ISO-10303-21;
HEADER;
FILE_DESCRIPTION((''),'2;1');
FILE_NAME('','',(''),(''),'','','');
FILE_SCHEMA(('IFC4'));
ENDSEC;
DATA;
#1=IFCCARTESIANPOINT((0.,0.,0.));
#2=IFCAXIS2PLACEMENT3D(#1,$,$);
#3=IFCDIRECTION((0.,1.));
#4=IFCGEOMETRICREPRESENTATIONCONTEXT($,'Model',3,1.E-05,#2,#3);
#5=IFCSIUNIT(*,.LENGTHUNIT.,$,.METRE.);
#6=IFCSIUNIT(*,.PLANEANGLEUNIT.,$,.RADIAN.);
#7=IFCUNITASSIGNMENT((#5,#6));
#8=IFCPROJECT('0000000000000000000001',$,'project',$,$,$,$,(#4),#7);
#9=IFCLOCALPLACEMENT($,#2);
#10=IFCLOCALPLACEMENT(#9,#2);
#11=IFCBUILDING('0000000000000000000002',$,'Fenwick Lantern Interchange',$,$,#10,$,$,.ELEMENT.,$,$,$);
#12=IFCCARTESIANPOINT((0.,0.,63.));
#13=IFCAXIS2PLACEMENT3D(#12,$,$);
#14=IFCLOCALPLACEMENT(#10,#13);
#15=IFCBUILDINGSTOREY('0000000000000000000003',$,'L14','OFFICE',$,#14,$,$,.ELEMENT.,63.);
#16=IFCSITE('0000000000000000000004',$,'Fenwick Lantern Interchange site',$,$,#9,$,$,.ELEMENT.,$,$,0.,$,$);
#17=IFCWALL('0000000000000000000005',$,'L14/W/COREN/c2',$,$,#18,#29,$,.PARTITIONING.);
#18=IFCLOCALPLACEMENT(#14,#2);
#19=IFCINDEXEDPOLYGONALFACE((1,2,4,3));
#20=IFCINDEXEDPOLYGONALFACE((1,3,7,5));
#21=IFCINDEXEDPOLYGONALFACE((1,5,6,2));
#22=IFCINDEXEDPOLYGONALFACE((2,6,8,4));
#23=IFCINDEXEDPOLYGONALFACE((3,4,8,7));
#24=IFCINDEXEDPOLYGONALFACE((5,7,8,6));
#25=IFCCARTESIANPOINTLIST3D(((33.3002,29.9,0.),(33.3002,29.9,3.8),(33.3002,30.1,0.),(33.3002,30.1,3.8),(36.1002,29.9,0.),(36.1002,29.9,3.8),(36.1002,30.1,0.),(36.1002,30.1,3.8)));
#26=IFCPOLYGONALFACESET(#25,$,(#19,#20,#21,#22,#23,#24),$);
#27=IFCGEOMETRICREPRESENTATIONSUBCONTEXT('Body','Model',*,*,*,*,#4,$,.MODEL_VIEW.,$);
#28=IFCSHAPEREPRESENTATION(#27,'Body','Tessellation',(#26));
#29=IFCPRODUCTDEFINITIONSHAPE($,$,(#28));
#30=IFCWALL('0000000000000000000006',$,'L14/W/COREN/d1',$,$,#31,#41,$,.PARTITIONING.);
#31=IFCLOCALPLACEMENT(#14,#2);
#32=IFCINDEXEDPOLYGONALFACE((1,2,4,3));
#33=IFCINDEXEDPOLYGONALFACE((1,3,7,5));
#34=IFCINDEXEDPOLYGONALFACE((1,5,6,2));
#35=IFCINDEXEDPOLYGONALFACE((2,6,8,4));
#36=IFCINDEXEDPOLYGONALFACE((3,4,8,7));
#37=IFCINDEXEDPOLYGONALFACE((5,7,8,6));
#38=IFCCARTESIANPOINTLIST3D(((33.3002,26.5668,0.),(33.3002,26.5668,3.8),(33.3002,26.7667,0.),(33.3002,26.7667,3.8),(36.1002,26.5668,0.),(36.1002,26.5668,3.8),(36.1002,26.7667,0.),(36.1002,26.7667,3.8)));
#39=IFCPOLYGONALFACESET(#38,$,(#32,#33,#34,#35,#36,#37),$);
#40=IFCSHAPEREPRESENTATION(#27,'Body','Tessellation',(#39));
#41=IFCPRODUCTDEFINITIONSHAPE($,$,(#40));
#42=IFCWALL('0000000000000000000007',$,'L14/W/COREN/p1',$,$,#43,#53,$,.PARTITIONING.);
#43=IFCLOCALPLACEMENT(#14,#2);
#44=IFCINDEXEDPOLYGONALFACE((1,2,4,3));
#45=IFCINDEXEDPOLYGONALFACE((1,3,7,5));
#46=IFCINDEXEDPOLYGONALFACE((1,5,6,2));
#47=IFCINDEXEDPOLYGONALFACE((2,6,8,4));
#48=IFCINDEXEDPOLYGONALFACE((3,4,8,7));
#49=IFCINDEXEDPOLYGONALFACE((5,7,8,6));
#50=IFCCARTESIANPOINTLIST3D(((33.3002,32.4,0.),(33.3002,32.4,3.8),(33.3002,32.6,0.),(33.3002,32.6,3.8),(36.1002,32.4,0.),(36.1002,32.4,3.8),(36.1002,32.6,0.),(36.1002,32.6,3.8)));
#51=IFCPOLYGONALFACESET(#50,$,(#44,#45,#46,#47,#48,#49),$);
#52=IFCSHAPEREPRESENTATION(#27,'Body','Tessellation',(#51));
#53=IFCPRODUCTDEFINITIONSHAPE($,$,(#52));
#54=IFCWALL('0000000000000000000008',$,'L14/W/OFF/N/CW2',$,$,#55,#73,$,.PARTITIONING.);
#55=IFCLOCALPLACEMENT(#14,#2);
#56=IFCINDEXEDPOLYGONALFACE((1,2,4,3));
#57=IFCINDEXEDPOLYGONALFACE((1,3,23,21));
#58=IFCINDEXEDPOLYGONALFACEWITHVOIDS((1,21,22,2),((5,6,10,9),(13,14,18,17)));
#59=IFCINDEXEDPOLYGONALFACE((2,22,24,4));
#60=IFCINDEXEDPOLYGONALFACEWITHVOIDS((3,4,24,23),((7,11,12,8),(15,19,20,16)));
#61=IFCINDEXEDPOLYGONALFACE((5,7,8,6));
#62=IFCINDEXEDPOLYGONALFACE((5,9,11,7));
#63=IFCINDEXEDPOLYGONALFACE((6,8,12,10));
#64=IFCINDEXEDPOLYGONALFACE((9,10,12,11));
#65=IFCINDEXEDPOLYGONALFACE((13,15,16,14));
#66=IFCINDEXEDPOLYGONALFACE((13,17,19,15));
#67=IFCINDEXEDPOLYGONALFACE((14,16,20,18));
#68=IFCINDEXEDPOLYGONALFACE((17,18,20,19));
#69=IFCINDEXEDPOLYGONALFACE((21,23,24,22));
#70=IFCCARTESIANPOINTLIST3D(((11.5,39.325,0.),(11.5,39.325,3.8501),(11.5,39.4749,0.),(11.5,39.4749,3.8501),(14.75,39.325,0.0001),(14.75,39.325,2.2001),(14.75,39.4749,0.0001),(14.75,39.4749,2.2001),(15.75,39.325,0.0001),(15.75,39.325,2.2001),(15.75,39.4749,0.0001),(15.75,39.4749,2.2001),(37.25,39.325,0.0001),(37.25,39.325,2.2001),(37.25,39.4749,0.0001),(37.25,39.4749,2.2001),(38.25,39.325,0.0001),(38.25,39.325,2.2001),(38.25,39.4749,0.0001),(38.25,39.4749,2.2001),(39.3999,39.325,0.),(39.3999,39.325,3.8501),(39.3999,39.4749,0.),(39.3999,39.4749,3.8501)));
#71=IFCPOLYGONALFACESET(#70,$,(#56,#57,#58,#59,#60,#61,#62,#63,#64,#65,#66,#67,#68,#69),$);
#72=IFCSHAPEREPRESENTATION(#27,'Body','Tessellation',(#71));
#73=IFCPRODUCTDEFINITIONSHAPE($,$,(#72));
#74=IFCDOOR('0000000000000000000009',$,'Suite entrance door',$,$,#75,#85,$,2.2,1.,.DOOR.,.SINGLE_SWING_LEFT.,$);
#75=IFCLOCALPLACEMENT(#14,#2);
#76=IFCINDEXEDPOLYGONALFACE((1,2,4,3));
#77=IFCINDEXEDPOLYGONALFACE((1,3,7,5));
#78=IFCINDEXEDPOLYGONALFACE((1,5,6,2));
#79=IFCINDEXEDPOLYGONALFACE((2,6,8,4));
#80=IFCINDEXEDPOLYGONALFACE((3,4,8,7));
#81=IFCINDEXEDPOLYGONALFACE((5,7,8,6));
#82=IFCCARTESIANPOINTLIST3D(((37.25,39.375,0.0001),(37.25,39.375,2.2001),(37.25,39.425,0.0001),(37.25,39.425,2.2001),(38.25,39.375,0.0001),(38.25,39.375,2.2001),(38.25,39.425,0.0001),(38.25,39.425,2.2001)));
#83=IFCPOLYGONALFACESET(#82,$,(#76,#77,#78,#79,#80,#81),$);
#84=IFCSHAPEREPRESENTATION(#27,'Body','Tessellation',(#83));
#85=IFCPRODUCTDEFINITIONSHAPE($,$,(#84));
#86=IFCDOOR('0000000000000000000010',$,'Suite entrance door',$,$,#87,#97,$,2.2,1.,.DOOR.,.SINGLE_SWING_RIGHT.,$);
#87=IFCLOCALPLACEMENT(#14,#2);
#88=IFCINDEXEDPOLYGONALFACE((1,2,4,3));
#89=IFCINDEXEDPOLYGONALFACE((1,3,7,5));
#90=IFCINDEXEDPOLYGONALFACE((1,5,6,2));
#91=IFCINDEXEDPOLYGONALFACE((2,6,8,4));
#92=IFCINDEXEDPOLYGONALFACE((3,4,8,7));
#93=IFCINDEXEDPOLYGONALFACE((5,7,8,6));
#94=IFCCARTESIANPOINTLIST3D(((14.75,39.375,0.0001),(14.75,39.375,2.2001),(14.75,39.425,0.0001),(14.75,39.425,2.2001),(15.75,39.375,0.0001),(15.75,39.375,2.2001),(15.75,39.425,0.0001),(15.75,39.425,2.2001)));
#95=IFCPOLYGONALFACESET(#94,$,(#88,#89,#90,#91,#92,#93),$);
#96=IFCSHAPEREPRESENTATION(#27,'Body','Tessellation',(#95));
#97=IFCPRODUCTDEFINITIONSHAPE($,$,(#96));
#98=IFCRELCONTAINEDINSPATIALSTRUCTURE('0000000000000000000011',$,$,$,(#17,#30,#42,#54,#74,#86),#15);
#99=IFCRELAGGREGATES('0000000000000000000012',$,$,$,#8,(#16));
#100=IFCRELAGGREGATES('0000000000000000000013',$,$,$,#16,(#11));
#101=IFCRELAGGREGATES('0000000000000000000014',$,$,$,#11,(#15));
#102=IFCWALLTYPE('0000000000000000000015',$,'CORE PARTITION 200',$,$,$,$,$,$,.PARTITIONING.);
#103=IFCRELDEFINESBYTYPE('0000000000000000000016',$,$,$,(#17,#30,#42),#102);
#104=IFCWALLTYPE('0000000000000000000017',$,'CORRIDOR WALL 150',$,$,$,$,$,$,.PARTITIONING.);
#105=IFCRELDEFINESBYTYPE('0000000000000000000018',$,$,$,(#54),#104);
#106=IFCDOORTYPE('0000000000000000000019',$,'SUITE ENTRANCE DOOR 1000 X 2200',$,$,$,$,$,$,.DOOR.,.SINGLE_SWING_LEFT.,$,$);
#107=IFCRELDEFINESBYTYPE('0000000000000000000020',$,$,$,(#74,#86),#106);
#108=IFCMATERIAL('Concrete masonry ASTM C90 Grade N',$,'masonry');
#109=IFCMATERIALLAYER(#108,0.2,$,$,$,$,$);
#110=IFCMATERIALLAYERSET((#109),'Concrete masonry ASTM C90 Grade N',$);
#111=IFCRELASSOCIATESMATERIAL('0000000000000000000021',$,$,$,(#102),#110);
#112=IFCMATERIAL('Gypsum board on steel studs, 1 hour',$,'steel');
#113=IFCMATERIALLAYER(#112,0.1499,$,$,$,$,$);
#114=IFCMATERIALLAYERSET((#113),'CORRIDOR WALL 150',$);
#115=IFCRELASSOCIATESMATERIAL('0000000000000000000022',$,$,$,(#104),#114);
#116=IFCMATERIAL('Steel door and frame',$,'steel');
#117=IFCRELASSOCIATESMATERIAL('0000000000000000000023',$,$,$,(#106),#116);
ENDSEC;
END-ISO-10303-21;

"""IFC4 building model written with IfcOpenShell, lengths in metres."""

from ifc_helpers import new_model, si_unit, direction, frame, frame_2d, origin, place, context, subcontext, project, spatial, rectangle, extrude, material, layer, layer_set, type_object, element, fill, save


model = new_model("IFC4")

# Units and contexts
model_context = context("Model", 3, precision=1e-05, world=origin(), true_north=direction((0.0, 1.0)))
body_context = subcontext(model_context, "Body", "Model", "MODEL_VIEW")
ifc_project = project(units=[si_unit("LENGTHUNIT", "METRE"), si_unit("PLANEANGLEUNIT", "RADIAN")], contexts=[model_context])

# Site, building, storey
site_placement = place(None, origin())
site = spatial("IfcSite", under=ifc_project, at=site_placement, Name="Fenwick Lantern Interchange site", CompositionType="ELEMENT", RefElevation=0.0)
building_placement = place(site_placement, origin())
building = spatial("IfcBuilding", under=site, at=building_placement, Name="Fenwick Lantern Interchange", CompositionType="ELEMENT")
storey_placement = place(building_placement, frame((0.0, 0.0, 63.0)))
storey = spatial("IfcBuildingStorey", under=building, at=storey_placement, Name="L14", Description="OFFICE", CompositionType="ELEMENT", Elevation=63.0)

# Walls
ifc_material_1 = material(Name="Concrete masonry ASTM C90 Grade N", Category="masonry")
ifc_layer_1 = layer(ifc_material_1, 0.2)
ifc_layer_set_1 = layer_set([ifc_layer_1], Name="Concrete masonry ASTM C90 Grade N")
wall_type_1 = type_object("IfcWallType", Name="CORE PARTITION 200", PredefinedType="PARTITIONING", material=ifc_layer_set_1)
for number, where, z_axis, x_axis, name in (
    (1, (36.1001, 30.0, 0.0), (0.0, 0.0, 1.0), (-1.0, 0.0, 0.0), "L14/W/COREN/c2"),
    (2, (36.1001, 26.6667, 0.0), (0.0, 0.0, 1.0), (-1.0, 0.0, 0.0), "L14/W/COREN/d1"),
    (3, (36.1001, 32.5, 0.0), (0.0, 0.0, 1.0), (-1.0, 0.0, 0.0), "L14/W/COREN/p1"),
):
    element("IfcWall", number, at=place(storey_placement, frame(where, z_axis=z_axis, x_axis=x_axis)), inside=storey, type_object=wall_type_1, Name=name, PredefinedType="PARTITIONING", context=body_context, shape_type="SweptSolid", body=[
        extrude(rectangle(XDim=2.8, YDim=0.2, at=frame_2d((1.3999, 0.0))), origin(), (0.0, 0.0, 1.0), 3.8),
    ])

# Wall, openings, doors
ifc_material_2 = material(Name="Steel door and frame", Category="steel")
ifc_material_3 = material(Name="Gypsum board on steel studs, 1 hour", Category="steel")
ifc_layer_2 = layer(ifc_material_3, 0.1499)
ifc_layer_set_2 = layer_set([ifc_layer_2], Name="CORRIDOR WALL 150")
wall_type_2 = type_object("IfcWallType", Name="CORRIDOR WALL 150", PredefinedType="PARTITIONING", material=ifc_layer_set_2)
wall_1_placement = place(storey_placement, frame((39.3999, 39.3999, 0.0), z_axis=(0.0, 0.0, 1.0), x_axis=(-1.0, 0.0, 0.0)))
wall_1 = element("IfcWall", 4, at=wall_1_placement, inside=storey, type_object=wall_type_2, Name="L14/W/OFF/N/CW2", PredefinedType="PARTITIONING", context=body_context, shape_type="SweptSolid", body=[
    extrude(rectangle(XDim=27.8999, YDim=0.1499, at=frame_2d((13.95, 0.0))), origin(), (0.0, 0.0, 1.0), 3.8501),
])
opening_1_placement = place(wall_1_placement, frame((1.1499, 0.0, 0.0)))
opening_1 = element("IfcOpeningElement", 5, at=opening_1_placement, cuts=wall_1, PredefinedType="OPENING", context=body_context, shape_type="SweptSolid", body=[
    extrude(rectangle(XDim=1.0, YDim=2.2, at=frame_2d((0.5, 1.1001))), frame((0.0, 0.085, 0.0), z_axis=(0.0, -1.0, 0.0), x_axis=(1.0, 0.0, 0.0)), (0.0, 0.0, 1.0), 0.1699),
])
opening_2_placement = place(wall_1_placement, frame((23.6499, 0.0, 0.0)))
opening_2 = element("IfcOpeningElement", 6, at=opening_2_placement, cuts=wall_1, PredefinedType="OPENING", context=body_context, shape_type="SweptSolid", body=[
    extrude(rectangle(XDim=1.0, YDim=2.2, at=frame_2d((0.5, 1.1001))), frame((0.0, 0.085, 0.0), z_axis=(0.0, -1.0, 0.0), x_axis=(1.0, 0.0, 0.0)), (0.0, 0.0, 1.0), 0.1699),
])
door_type_1 = type_object("IfcDoorType", Name="SUITE ENTRANCE DOOR 1000 X 2200", OperationType="SINGLE_SWING_LEFT", PredefinedType="DOOR", material=ifc_material_2)
door_1_placement = place(opening_1_placement, origin())
door_1 = element("IfcDoor", 7, at=door_1_placement, inside=storey, type_object=door_type_1, Name="Suite entrance door", OperationType="SINGLE_SWING_LEFT", OverallHeight=2.2, OverallWidth=1.0, PredefinedType="DOOR", context=body_context, shape_type="SweptSolid", body=[
    extrude(rectangle(XDim=1.0, YDim=2.2, at=frame_2d((0.5, 1.1001))), frame((0.0, 0.0249, 0.0), z_axis=(0.0, -1.0, 0.0), x_axis=(1.0, 0.0, 0.0)), (0.0, 0.0, 1.0), 0.05),
])
fill(opening_1, door_1)
door_2_placement = place(opening_2_placement, origin())
door_2 = element("IfcDoor", 8, at=door_2_placement, inside=storey, type_object=door_type_1, Name="Suite entrance door", OperationType="SINGLE_SWING_RIGHT", OverallHeight=2.2, OverallWidth=1.0, PredefinedType="DOOR", context=body_context, shape_type="SweptSolid", body=[
    extrude(rectangle(XDim=1.0, YDim=2.2, at=frame_2d((0.5, 1.1001))), frame((0.0, 0.0249, 0.0), z_axis=(0.0, -1.0, 0.0), x_axis=(1.0, 0.0, 0.0)), (0.0, 0.0, 1.0), 0.05),
])
fill(opening_2, door_2)

save(model, "model.ifc")
